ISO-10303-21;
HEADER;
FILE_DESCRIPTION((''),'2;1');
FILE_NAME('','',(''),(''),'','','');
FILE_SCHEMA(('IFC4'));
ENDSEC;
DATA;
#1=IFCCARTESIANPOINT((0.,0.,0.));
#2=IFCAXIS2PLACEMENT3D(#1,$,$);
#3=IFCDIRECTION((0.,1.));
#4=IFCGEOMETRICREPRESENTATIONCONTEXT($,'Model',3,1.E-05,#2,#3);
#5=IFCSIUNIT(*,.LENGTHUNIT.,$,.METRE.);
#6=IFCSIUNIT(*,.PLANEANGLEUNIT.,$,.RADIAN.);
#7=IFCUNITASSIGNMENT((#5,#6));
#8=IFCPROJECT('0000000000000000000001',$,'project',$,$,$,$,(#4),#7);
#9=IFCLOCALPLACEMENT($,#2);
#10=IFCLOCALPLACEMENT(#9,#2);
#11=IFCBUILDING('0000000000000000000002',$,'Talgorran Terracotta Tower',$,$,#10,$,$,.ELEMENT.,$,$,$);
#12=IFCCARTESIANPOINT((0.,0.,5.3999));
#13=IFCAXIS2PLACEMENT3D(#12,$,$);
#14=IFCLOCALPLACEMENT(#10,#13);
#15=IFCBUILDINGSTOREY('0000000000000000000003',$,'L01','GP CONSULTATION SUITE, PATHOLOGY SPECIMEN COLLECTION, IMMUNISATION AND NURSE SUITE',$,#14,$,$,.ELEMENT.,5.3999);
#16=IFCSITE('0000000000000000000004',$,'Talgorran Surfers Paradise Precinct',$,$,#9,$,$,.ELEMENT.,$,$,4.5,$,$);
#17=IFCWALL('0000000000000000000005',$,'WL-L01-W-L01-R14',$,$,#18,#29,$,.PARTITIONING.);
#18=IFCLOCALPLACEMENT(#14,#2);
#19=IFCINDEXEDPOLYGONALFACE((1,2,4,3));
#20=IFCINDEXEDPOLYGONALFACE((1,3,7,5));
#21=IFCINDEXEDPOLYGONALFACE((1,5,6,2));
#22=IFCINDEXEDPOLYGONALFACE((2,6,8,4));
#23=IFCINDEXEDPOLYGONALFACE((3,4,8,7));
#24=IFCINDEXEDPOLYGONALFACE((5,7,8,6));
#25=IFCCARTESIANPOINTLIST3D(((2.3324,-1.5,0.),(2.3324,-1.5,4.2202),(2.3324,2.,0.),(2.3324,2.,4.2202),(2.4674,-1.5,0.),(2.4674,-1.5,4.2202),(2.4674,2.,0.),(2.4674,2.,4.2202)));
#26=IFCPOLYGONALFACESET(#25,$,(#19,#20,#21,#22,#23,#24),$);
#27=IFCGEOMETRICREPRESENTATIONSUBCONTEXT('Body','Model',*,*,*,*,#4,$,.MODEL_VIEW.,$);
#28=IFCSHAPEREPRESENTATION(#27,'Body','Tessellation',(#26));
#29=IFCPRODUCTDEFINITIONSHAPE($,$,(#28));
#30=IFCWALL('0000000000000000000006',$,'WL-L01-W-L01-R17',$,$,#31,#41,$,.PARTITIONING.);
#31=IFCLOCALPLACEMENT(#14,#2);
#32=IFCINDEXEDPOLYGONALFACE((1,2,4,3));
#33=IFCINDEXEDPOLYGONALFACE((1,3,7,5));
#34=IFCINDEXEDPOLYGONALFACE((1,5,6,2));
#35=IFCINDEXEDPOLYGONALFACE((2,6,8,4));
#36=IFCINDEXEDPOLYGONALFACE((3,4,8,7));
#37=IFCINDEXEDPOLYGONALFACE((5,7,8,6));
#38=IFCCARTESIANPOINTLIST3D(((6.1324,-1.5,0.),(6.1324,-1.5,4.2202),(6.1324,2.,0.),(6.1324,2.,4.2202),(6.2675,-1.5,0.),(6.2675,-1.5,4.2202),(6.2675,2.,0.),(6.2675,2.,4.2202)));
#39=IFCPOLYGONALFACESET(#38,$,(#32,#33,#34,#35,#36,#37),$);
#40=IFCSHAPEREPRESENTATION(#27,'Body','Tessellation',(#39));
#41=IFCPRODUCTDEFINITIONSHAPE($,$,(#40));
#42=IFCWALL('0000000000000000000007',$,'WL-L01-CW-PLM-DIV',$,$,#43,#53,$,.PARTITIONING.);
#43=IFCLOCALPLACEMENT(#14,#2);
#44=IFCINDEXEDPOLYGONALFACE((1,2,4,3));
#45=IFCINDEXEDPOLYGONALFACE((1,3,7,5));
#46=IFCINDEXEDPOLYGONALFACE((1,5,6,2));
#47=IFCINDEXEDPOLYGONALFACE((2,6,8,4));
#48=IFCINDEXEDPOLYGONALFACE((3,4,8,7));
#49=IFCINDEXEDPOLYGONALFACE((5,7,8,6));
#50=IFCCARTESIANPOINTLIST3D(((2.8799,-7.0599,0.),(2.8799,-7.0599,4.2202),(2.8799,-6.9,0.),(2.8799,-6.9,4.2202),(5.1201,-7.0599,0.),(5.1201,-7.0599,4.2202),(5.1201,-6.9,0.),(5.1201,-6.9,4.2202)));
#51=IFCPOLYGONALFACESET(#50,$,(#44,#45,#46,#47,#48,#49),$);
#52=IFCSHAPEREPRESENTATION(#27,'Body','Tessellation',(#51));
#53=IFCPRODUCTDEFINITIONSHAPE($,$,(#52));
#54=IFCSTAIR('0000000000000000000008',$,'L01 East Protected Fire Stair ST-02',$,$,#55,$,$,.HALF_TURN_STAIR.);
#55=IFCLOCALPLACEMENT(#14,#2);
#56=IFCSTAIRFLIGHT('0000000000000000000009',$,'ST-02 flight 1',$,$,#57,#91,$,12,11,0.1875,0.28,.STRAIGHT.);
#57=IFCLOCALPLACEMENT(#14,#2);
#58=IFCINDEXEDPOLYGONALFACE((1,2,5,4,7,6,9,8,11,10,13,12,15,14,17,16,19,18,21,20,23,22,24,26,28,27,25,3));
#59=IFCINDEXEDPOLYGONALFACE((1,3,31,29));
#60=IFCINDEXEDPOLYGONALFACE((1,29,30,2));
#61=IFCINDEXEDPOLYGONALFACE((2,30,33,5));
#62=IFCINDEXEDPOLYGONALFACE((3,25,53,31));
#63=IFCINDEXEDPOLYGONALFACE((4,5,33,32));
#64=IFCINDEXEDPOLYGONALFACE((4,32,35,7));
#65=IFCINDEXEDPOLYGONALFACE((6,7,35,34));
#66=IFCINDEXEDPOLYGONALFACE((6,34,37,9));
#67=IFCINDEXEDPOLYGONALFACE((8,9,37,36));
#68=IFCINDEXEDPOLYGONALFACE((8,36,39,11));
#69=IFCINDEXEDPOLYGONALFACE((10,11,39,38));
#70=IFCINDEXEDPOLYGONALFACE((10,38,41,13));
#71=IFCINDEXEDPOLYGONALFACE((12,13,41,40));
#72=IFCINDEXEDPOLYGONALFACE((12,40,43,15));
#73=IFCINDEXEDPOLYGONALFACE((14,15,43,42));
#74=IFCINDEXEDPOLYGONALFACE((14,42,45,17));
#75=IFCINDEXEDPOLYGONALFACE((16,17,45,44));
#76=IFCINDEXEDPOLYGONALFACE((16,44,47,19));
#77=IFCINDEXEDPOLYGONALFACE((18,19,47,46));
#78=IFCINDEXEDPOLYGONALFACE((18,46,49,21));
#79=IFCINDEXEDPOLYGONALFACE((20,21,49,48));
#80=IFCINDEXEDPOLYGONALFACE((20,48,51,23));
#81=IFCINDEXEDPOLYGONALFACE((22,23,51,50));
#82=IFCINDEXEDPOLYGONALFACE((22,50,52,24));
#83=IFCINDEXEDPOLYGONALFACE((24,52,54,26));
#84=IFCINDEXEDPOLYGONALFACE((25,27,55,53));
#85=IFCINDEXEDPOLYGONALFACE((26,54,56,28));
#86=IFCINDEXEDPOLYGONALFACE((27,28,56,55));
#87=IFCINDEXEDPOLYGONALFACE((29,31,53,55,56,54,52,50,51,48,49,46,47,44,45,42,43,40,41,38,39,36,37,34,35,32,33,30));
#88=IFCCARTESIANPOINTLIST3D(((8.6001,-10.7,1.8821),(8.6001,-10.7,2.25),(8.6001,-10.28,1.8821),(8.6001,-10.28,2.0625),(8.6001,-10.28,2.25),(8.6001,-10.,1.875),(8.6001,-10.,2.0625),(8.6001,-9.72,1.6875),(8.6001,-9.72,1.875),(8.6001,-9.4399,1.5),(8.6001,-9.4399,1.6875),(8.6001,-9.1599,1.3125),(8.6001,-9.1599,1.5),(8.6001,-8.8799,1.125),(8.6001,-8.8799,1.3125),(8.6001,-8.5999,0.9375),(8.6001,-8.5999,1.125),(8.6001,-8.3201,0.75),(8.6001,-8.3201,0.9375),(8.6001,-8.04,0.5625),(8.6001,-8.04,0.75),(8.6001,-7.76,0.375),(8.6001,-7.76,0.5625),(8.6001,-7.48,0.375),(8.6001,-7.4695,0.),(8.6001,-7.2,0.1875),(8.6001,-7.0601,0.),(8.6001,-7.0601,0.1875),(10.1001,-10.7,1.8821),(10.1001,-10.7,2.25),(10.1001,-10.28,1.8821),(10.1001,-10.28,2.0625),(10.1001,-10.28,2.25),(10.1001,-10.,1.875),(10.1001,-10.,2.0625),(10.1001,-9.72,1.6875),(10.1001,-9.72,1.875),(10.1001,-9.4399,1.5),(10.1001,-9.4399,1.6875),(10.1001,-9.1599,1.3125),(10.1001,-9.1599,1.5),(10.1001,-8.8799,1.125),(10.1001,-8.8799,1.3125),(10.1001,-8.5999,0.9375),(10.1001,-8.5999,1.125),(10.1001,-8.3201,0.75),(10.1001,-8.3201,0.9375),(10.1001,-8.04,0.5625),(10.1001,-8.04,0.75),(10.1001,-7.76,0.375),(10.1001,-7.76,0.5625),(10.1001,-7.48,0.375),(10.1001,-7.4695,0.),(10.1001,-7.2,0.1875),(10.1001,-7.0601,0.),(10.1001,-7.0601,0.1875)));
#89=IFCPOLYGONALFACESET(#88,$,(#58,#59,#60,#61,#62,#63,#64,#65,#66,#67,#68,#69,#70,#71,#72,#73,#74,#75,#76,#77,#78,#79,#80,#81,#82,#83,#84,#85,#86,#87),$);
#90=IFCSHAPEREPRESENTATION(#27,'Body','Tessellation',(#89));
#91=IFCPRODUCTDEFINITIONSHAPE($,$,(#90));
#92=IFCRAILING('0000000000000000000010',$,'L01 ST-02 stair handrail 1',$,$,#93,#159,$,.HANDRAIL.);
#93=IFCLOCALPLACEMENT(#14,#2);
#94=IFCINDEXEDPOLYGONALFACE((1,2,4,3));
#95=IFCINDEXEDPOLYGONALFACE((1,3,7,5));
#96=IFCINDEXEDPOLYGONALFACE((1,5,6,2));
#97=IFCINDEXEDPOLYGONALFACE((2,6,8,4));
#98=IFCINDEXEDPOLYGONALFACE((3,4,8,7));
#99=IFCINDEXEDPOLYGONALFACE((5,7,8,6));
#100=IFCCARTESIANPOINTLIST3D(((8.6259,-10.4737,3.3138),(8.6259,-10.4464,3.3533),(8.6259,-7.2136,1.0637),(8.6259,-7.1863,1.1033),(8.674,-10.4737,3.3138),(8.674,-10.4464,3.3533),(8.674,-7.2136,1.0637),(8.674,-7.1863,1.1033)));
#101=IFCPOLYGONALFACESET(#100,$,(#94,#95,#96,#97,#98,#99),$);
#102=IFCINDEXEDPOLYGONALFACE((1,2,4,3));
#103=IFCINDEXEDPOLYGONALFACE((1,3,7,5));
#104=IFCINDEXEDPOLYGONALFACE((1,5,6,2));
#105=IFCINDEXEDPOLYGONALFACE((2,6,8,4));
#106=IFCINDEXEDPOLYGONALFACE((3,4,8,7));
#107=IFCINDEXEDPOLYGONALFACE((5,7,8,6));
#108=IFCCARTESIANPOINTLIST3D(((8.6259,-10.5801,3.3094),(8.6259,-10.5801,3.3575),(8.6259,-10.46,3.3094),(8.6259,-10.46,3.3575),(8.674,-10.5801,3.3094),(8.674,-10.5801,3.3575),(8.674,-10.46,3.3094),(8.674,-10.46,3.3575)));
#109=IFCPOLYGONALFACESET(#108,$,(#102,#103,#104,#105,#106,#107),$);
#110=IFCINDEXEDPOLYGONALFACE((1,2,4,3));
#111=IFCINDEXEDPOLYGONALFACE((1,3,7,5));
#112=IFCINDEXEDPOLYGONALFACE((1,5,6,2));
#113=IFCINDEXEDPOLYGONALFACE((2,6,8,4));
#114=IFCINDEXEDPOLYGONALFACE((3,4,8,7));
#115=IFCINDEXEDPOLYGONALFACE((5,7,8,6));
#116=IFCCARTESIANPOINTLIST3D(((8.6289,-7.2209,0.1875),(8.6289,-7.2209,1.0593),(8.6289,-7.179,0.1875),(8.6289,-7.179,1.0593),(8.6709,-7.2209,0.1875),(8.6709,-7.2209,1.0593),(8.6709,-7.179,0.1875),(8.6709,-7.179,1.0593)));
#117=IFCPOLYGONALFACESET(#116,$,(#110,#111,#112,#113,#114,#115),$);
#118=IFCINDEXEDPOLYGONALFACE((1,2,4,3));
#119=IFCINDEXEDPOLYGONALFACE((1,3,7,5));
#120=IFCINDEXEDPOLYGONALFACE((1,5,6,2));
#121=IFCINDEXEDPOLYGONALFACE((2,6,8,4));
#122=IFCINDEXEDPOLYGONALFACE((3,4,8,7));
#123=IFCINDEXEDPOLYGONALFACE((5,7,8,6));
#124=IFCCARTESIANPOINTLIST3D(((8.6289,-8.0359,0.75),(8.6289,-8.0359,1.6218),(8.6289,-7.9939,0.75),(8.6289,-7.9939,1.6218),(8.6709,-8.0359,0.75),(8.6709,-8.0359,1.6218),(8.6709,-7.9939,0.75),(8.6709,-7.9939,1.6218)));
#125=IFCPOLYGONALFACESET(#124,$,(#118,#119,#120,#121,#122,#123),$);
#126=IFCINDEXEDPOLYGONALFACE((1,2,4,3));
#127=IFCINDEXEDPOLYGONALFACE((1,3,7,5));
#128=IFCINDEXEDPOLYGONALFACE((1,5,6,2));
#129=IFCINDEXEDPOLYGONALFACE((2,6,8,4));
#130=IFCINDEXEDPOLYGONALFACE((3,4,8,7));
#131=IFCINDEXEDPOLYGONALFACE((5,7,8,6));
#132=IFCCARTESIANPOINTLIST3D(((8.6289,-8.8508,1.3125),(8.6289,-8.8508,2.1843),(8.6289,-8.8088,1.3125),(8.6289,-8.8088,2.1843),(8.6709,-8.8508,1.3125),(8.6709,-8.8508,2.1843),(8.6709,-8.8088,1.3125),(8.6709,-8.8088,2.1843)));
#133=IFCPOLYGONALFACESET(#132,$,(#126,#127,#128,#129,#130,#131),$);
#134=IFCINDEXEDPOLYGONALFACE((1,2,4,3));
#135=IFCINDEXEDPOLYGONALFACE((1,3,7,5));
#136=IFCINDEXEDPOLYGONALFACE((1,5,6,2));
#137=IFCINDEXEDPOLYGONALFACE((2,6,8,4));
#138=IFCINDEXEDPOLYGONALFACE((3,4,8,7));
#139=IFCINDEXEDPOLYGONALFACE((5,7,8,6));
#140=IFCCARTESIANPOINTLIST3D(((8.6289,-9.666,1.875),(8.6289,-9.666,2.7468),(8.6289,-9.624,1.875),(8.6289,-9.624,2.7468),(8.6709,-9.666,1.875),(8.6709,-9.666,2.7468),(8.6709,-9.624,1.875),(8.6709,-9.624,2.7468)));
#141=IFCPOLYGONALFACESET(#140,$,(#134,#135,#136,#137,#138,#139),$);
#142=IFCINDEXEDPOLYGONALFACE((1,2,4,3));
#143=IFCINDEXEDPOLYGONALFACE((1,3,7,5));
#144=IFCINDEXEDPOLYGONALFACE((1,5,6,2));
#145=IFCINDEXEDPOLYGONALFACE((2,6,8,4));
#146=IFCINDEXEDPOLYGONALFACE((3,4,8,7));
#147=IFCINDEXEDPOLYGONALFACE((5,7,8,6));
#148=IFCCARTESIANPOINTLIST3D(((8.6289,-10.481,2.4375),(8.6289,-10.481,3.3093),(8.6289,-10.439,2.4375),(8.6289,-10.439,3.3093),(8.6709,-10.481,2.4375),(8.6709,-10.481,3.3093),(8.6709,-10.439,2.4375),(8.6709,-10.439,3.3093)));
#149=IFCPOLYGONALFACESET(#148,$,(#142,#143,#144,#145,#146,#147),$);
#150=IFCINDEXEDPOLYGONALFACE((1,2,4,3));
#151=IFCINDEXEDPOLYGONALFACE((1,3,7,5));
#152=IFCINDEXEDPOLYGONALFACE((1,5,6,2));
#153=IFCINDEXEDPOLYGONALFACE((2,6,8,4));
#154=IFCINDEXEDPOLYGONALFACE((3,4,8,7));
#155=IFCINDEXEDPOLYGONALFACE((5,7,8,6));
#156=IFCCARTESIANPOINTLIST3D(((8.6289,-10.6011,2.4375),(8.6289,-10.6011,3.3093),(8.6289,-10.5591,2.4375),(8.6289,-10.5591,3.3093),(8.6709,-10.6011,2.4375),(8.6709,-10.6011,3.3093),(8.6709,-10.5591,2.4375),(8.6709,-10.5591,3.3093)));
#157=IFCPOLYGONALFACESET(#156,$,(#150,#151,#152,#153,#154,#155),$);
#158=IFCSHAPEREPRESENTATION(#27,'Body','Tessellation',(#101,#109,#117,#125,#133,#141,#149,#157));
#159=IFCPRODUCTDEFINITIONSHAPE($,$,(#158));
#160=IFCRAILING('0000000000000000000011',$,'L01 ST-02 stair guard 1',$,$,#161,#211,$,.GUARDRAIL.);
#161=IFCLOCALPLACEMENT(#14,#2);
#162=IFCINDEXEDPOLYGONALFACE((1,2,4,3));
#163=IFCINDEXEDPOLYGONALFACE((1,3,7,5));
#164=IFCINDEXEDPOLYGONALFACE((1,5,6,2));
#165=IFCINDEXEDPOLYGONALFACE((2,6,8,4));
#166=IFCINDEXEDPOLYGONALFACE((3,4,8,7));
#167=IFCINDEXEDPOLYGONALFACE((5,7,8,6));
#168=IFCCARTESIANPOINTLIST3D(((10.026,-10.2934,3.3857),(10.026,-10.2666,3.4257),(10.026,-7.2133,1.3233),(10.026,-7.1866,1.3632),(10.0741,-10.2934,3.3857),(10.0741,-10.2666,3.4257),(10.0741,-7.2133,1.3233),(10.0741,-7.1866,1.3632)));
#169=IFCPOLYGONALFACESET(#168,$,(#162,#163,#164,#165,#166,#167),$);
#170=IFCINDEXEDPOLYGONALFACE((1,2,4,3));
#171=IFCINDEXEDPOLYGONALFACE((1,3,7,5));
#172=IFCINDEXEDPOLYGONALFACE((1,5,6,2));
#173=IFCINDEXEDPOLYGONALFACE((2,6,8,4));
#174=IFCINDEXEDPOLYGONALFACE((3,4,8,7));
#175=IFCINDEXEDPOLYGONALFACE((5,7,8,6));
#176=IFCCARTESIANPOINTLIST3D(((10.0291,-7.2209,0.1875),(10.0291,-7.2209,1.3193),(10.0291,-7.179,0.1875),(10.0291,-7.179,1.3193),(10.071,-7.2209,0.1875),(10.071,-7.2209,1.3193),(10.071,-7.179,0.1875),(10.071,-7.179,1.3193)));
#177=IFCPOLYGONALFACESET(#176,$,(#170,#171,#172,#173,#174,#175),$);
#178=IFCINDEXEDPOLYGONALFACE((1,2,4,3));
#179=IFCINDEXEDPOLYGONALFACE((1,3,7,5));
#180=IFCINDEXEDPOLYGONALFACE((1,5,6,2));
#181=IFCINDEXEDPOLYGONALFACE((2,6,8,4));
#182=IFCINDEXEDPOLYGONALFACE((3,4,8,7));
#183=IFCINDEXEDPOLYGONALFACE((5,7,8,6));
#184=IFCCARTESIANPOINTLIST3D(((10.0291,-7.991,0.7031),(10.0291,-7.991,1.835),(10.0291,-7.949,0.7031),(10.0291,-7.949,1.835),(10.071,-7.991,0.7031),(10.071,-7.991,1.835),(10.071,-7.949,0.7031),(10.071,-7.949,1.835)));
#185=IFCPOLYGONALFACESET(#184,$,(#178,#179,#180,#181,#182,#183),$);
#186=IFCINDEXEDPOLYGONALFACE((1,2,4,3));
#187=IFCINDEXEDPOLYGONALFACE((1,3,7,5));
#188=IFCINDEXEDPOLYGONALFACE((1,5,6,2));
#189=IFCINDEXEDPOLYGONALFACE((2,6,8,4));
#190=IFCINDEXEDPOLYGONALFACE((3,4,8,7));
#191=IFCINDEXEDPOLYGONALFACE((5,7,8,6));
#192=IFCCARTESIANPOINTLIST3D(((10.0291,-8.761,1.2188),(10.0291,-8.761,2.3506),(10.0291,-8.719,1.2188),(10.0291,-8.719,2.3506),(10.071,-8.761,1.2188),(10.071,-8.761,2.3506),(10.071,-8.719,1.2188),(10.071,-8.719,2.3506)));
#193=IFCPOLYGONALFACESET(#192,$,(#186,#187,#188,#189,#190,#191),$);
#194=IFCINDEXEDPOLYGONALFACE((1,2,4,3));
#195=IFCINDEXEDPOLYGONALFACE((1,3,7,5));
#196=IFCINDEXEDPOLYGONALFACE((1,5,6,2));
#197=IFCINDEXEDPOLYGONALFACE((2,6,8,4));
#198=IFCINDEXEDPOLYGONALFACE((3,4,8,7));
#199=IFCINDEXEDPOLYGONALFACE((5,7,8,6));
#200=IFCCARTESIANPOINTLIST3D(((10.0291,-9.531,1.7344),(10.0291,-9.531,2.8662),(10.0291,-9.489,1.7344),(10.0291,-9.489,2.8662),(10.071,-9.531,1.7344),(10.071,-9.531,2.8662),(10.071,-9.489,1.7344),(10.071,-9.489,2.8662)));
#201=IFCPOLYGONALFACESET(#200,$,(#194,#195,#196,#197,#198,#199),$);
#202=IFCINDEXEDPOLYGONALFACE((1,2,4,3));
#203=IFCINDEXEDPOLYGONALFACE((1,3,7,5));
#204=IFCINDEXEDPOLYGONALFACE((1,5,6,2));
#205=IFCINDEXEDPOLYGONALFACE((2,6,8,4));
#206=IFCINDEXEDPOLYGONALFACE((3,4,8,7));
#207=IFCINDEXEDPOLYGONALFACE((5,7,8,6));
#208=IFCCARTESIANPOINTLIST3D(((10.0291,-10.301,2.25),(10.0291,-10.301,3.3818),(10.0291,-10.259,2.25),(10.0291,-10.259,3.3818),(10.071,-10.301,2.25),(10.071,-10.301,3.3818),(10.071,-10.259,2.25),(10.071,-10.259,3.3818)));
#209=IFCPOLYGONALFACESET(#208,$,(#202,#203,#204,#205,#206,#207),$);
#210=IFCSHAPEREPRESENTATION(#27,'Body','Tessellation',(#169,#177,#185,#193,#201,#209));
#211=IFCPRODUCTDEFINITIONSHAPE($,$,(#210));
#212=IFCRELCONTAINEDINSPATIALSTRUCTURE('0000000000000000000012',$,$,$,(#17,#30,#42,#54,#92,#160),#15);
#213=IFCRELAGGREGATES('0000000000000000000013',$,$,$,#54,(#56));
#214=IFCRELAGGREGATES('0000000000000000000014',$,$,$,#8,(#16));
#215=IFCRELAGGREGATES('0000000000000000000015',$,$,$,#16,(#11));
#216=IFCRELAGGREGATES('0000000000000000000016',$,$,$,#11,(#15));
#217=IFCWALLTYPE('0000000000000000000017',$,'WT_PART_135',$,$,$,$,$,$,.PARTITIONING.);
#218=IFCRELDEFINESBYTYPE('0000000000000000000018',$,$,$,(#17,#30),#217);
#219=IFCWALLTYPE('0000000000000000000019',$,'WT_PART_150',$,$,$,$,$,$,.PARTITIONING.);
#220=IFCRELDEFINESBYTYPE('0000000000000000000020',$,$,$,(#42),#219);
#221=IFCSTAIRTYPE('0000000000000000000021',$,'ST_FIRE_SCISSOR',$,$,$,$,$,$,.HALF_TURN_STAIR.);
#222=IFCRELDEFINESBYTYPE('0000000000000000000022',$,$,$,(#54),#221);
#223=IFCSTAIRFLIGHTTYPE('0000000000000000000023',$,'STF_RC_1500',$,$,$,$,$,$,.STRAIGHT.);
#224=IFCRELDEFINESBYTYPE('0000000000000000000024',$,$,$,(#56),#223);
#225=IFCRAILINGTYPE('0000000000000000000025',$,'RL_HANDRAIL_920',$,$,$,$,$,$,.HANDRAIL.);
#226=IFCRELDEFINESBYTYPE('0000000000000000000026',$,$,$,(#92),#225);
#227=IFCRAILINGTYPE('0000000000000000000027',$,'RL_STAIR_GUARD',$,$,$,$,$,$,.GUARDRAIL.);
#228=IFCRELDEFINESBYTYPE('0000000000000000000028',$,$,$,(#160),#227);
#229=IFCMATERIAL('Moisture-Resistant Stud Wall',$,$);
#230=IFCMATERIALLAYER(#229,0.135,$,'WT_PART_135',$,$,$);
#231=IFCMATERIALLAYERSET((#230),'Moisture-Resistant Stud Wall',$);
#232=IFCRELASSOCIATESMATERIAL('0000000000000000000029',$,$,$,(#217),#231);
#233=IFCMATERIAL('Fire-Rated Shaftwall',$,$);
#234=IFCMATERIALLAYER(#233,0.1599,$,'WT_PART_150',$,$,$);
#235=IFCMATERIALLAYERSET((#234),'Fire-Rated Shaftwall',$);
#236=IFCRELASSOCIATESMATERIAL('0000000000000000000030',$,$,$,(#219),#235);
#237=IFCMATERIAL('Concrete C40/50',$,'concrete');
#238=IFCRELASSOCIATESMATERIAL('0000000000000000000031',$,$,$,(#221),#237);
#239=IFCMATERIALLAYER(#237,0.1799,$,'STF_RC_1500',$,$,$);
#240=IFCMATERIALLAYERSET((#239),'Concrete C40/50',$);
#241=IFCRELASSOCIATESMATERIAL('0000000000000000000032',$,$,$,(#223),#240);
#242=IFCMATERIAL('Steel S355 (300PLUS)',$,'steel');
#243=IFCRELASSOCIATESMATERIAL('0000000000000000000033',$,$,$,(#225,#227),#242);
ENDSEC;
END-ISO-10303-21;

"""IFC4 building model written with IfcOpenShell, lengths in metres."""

from ifc_helpers import new_model, si_unit, direction, frame, frame_2d, origin, origin_2d, place, context, subcontext, project, spatial, polyline, rectangle, outline, extrude, material, layer, layer_set, type_object, element, aggregate, save


model = new_model("IFC4")

# Units and contexts
model_context = context("Model", 3, precision=1e-05, world=origin(), true_north=direction((0.0, 1.0)))
body_context = subcontext(model_context, "Body", "Model", "MODEL_VIEW")
ifc_project = project(units=[si_unit("LENGTHUNIT", "METRE"), si_unit("PLANEANGLEUNIT", "RADIAN")], contexts=[model_context])

# Site, building, storey
site_placement = place(None, origin())
site = spatial("IfcSite", under=ifc_project, at=site_placement, Name="Talgorran Surfers Paradise Precinct", CompositionType="ELEMENT", RefElevation=4.5)
building_placement = place(site_placement, origin())
building = spatial("IfcBuilding", under=site, at=building_placement, Name="Talgorran Terracotta Tower", CompositionType="ELEMENT")
storey_placement = place(building_placement, frame((0.0, 0.0, 5.3999)))
storey = spatial("IfcBuildingStorey", under=building, at=storey_placement, Name="L01", Description="GP CONSULTATION SUITE, PATHOLOGY SPECIMEN COLLECTION, IMMUNISATION AND NURSE SUITE", CompositionType="ELEMENT", Elevation=5.3999)

# Shared definitions
ifc_material_1 = material(Name="Steel S355 (300PLUS)", Category="steel")

# Walls
ifc_material_2 = material(Name="Moisture-Resistant Stud Wall")
ifc_layer_1 = layer(ifc_material_2, 0.135, Name="WT_PART_135")
ifc_layer_set_1 = layer_set([ifc_layer_1], Name="Moisture-Resistant Stud Wall")
wall_type_1 = type_object("IfcWallType", Name="WT_PART_135", PredefinedType="PARTITIONING", material=ifc_layer_set_1)
for number, where, z_axis, x_axis, name in (
    (1, (2.3999, -1.5, 0.0), (0.0, 0.0, 1.0), (0.0, 1.0, 0.0), "WL-L01-W-L01-R14"),
    (2, (6.2, -1.5, 0.0), (0.0, 0.0, 1.0), (0.0, 1.0, 0.0), "WL-L01-W-L01-R17"),
):
    element("IfcWall", number, at=place(storey_placement, frame(where, z_axis=z_axis, x_axis=x_axis)), inside=storey, type_object=wall_type_1, Name=name, PredefinedType="PARTITIONING", context=body_context, shape_type="SweptSolid", body=[
        extrude(rectangle(XDim=3.5, YDim=0.135, at=frame_2d((1.75, 0.0))), origin(), (0.0, 0.0, 1.0), 4.2202),
    ])
ifc_material_3 = material(Name="Fire-Rated Shaftwall")
ifc_layer_2 = layer(ifc_material_3, 0.1599, Name="WT_PART_150")
ifc_layer_set_2 = layer_set([ifc_layer_2], Name="Fire-Rated Shaftwall")
wall_type_2 = type_object("IfcWallType", Name="WT_PART_150", PredefinedType="PARTITIONING", material=ifc_layer_set_2)
wall_1_placement = place(storey_placement, frame((2.8799, -6.98, 0.0), z_axis=(0.0, 0.0, 1.0), x_axis=(1.0, 0.0, 0.0)))
element("IfcWall", 3, at=wall_1_placement, inside=storey, type_object=wall_type_2, Name="WL-L01-CW-PLM-DIV", PredefinedType="PARTITIONING", context=body_context, shape_type="SweptSolid", body=[
    extrude(rectangle(XDim=2.2402, YDim=0.1599, at=frame_2d((1.1201, 0.0))), origin(), (0.0, 0.0, 1.0), 4.2202),
])

# Stair, stair flight
ifc_material_4 = material(Name="Concrete C40/50", Category="concrete")
stair_type = type_object("IfcStairType", Name="ST_FIRE_SCISSOR", PredefinedType="HALF_TURN_STAIR", material=ifc_material_4)
stair_placement = place(storey_placement, origin())
stair = element("IfcStair", 4, at=stair_placement, inside=storey, type_object=stair_type, Name="L01 East Protected Fire Stair ST-02", PredefinedType="HALF_TURN_STAIR")
ifc_layer_3 = layer(ifc_material_4, 0.1799, Name="STF_RC_1500")
ifc_layer_set_3 = layer_set([ifc_layer_3], Name="Concrete C40/50")
stair_flight_type = type_object("IfcStairFlightType", Name="STF_RC_1500", PredefinedType="STRAIGHT", material=ifc_layer_set_3)
stair_flight_placement = place(storey_placement, frame((9.3501, -7.2, 0.0), z_axis=(0.0, 0.0, 1.0), x_axis=(0.0, -1.0, 0.0)))
stair_flight = element("IfcStairFlight", 5, at=stair_flight_placement, type_object=stair_flight_type, Name="ST-02 flight 1", NumberOfRisers=12, NumberOfTreads=11, PredefinedType="STRAIGHT", RiserHeight=0.1875, TreadLength=0.28, context=body_context, shape_type="SweptSolid", body=[
    extrude(outline(polyline([(-0.1399, 0.0), (-0.1399, 0.1875), (0.0, 0.1875), (0.28, 0.375), (0.5601, 0.375), (0.5601, 0.5625), (0.8401, 0.5625), (0.8401, 0.75), (1.1201, 0.75), (1.1201, 0.9375), (1.3999, 0.9375), (1.3999, 1.125), (1.6799, 1.125), (1.6799, 1.3125), (1.96, 1.3125), (1.96, 1.5), (2.24, 1.5), (2.24, 1.6875), (2.52, 1.6875), (2.52, 1.875), (2.8, 1.875), (2.8, 2.0625), (3.0801, 2.0625), (3.0801, 2.25), (3.5, 2.25), (3.5, 1.8821), (3.0801, 1.8821), (0.2695, 0.0), (-0.1399, 0.0)])), frame((0.0, 0.75, 0.0), z_axis=(0.0, -1.0, 0.0), x_axis=(1.0, 0.0, 0.0)), (0.0, 0.0, 1.0), 1.5),
])
aggregate(stair, [stair_flight])

# Railings
railing_type_1 = type_object("IfcRailingType", Name="RL_HANDRAIL_920", PredefinedType="HANDRAIL", material=ifc_material_1)
railing_1_placement = place(storey_placement, frame((8.6499, -7.2, 0.1875)))
element("IfcRailing", 6, at=railing_1_placement, inside=storey, type_object=railing_type_1, Name="L01 ST-02 stair handrail 1", PredefinedType="HANDRAIL", context=body_context, shape_type="SweptSolid", body=[
    extrude(rectangle(XDim=0.0481, YDim=0.0481, at=origin_2d()), frame((0.0, 0.0, 0.896), z_axis=(0.0, -0.82301, 0.568027), x_axis=(1.0, 0.0, 0.0)), (0.0, 0.0, 1.0), 3.9612),
    extrude(rectangle(XDim=0.0481, YDim=0.0481, at=origin_2d()), frame((0.0, -3.26, 3.146), z_axis=(0.0, -1.0, 0.0), x_axis=(1.0, 0.0, 0.0)), (0.0, 0.0, 1.0), 0.1201),
    extrude(rectangle(XDim=0.042, YDim=0.042, at=origin_2d()), origin(), (0.0, 0.0, 1.0), 0.8718),
    extrude(rectangle(XDim=0.042, YDim=0.042, at=origin_2d()), frame((0.0, -0.8149, 0.5625)), (0.0, 0.0, 1.0), 0.8718),
    extrude(rectangle(XDim=0.042, YDim=0.042, at=origin_2d()), frame((0.0, -1.6299, 1.125)), (0.0, 0.0, 1.0), 0.8718),
    extrude(rectangle(XDim=0.042, YDim=0.042, at=origin_2d()), frame((0.0, -2.4451, 1.6875)), (0.0, 0.0, 1.0), 0.8718),
    extrude(rectangle(XDim=0.042, YDim=0.042, at=origin_2d()), frame((0.0, -3.26, 2.25)), (0.0, 0.0, 1.0), 0.8718),
    extrude(rectangle(XDim=0.042, YDim=0.042, at=origin_2d()), frame((0.0, -3.3801, 2.25)), (0.0, 0.0, 1.0), 0.8718),
])
railing_type_2 = type_object("IfcRailingType", Name="RL_STAIR_GUARD", PredefinedType="GUARDRAIL", material=ifc_material_1)
railing_2_placement = place(storey_placement, frame((10.05, -7.2, 0.1875)))
element("IfcRailing", 7, at=railing_2_placement, inside=storey, type_object=railing_type_2, Name="L01 ST-02 stair guard 1", PredefinedType="GUARDRAIL", context=body_context, shape_type="SweptSolid", body=[
    extrude(rectangle(XDim=0.0481, YDim=0.0481, at=origin_2d()), frame((0.0, 0.0, 1.1558), z_axis=(0.0, -0.830914, 0.556401), x_axis=(1.0, 0.0, 0.0)), (0.0, 0.0, 1.0), 3.7068),
    extrude(rectangle(XDim=0.042, YDim=0.042, at=origin_2d()), origin(), (0.0, 0.0, 1.0), 1.1318),
    extrude(rectangle(XDim=0.042, YDim=0.042, at=origin_2d()), frame((0.0, -0.77, 0.5156)), (0.0, 0.0, 1.0), 1.1318),
    extrude(rectangle(XDim=0.042, YDim=0.042, at=origin_2d()), frame((0.0, -1.54, 1.0312)), (0.0, 0.0, 1.0), 1.1318),
    extrude(rectangle(XDim=0.042, YDim=0.042, at=origin_2d()), frame((0.0, -2.3101, 1.5469)), (0.0, 0.0, 1.0), 1.1318),
    extrude(rectangle(XDim=0.042, YDim=0.042, at=origin_2d()), frame((0.0, -3.0801, 2.0625)), (0.0, 0.0, 1.0), 1.1318),
])

save(model, "model.ifc")
